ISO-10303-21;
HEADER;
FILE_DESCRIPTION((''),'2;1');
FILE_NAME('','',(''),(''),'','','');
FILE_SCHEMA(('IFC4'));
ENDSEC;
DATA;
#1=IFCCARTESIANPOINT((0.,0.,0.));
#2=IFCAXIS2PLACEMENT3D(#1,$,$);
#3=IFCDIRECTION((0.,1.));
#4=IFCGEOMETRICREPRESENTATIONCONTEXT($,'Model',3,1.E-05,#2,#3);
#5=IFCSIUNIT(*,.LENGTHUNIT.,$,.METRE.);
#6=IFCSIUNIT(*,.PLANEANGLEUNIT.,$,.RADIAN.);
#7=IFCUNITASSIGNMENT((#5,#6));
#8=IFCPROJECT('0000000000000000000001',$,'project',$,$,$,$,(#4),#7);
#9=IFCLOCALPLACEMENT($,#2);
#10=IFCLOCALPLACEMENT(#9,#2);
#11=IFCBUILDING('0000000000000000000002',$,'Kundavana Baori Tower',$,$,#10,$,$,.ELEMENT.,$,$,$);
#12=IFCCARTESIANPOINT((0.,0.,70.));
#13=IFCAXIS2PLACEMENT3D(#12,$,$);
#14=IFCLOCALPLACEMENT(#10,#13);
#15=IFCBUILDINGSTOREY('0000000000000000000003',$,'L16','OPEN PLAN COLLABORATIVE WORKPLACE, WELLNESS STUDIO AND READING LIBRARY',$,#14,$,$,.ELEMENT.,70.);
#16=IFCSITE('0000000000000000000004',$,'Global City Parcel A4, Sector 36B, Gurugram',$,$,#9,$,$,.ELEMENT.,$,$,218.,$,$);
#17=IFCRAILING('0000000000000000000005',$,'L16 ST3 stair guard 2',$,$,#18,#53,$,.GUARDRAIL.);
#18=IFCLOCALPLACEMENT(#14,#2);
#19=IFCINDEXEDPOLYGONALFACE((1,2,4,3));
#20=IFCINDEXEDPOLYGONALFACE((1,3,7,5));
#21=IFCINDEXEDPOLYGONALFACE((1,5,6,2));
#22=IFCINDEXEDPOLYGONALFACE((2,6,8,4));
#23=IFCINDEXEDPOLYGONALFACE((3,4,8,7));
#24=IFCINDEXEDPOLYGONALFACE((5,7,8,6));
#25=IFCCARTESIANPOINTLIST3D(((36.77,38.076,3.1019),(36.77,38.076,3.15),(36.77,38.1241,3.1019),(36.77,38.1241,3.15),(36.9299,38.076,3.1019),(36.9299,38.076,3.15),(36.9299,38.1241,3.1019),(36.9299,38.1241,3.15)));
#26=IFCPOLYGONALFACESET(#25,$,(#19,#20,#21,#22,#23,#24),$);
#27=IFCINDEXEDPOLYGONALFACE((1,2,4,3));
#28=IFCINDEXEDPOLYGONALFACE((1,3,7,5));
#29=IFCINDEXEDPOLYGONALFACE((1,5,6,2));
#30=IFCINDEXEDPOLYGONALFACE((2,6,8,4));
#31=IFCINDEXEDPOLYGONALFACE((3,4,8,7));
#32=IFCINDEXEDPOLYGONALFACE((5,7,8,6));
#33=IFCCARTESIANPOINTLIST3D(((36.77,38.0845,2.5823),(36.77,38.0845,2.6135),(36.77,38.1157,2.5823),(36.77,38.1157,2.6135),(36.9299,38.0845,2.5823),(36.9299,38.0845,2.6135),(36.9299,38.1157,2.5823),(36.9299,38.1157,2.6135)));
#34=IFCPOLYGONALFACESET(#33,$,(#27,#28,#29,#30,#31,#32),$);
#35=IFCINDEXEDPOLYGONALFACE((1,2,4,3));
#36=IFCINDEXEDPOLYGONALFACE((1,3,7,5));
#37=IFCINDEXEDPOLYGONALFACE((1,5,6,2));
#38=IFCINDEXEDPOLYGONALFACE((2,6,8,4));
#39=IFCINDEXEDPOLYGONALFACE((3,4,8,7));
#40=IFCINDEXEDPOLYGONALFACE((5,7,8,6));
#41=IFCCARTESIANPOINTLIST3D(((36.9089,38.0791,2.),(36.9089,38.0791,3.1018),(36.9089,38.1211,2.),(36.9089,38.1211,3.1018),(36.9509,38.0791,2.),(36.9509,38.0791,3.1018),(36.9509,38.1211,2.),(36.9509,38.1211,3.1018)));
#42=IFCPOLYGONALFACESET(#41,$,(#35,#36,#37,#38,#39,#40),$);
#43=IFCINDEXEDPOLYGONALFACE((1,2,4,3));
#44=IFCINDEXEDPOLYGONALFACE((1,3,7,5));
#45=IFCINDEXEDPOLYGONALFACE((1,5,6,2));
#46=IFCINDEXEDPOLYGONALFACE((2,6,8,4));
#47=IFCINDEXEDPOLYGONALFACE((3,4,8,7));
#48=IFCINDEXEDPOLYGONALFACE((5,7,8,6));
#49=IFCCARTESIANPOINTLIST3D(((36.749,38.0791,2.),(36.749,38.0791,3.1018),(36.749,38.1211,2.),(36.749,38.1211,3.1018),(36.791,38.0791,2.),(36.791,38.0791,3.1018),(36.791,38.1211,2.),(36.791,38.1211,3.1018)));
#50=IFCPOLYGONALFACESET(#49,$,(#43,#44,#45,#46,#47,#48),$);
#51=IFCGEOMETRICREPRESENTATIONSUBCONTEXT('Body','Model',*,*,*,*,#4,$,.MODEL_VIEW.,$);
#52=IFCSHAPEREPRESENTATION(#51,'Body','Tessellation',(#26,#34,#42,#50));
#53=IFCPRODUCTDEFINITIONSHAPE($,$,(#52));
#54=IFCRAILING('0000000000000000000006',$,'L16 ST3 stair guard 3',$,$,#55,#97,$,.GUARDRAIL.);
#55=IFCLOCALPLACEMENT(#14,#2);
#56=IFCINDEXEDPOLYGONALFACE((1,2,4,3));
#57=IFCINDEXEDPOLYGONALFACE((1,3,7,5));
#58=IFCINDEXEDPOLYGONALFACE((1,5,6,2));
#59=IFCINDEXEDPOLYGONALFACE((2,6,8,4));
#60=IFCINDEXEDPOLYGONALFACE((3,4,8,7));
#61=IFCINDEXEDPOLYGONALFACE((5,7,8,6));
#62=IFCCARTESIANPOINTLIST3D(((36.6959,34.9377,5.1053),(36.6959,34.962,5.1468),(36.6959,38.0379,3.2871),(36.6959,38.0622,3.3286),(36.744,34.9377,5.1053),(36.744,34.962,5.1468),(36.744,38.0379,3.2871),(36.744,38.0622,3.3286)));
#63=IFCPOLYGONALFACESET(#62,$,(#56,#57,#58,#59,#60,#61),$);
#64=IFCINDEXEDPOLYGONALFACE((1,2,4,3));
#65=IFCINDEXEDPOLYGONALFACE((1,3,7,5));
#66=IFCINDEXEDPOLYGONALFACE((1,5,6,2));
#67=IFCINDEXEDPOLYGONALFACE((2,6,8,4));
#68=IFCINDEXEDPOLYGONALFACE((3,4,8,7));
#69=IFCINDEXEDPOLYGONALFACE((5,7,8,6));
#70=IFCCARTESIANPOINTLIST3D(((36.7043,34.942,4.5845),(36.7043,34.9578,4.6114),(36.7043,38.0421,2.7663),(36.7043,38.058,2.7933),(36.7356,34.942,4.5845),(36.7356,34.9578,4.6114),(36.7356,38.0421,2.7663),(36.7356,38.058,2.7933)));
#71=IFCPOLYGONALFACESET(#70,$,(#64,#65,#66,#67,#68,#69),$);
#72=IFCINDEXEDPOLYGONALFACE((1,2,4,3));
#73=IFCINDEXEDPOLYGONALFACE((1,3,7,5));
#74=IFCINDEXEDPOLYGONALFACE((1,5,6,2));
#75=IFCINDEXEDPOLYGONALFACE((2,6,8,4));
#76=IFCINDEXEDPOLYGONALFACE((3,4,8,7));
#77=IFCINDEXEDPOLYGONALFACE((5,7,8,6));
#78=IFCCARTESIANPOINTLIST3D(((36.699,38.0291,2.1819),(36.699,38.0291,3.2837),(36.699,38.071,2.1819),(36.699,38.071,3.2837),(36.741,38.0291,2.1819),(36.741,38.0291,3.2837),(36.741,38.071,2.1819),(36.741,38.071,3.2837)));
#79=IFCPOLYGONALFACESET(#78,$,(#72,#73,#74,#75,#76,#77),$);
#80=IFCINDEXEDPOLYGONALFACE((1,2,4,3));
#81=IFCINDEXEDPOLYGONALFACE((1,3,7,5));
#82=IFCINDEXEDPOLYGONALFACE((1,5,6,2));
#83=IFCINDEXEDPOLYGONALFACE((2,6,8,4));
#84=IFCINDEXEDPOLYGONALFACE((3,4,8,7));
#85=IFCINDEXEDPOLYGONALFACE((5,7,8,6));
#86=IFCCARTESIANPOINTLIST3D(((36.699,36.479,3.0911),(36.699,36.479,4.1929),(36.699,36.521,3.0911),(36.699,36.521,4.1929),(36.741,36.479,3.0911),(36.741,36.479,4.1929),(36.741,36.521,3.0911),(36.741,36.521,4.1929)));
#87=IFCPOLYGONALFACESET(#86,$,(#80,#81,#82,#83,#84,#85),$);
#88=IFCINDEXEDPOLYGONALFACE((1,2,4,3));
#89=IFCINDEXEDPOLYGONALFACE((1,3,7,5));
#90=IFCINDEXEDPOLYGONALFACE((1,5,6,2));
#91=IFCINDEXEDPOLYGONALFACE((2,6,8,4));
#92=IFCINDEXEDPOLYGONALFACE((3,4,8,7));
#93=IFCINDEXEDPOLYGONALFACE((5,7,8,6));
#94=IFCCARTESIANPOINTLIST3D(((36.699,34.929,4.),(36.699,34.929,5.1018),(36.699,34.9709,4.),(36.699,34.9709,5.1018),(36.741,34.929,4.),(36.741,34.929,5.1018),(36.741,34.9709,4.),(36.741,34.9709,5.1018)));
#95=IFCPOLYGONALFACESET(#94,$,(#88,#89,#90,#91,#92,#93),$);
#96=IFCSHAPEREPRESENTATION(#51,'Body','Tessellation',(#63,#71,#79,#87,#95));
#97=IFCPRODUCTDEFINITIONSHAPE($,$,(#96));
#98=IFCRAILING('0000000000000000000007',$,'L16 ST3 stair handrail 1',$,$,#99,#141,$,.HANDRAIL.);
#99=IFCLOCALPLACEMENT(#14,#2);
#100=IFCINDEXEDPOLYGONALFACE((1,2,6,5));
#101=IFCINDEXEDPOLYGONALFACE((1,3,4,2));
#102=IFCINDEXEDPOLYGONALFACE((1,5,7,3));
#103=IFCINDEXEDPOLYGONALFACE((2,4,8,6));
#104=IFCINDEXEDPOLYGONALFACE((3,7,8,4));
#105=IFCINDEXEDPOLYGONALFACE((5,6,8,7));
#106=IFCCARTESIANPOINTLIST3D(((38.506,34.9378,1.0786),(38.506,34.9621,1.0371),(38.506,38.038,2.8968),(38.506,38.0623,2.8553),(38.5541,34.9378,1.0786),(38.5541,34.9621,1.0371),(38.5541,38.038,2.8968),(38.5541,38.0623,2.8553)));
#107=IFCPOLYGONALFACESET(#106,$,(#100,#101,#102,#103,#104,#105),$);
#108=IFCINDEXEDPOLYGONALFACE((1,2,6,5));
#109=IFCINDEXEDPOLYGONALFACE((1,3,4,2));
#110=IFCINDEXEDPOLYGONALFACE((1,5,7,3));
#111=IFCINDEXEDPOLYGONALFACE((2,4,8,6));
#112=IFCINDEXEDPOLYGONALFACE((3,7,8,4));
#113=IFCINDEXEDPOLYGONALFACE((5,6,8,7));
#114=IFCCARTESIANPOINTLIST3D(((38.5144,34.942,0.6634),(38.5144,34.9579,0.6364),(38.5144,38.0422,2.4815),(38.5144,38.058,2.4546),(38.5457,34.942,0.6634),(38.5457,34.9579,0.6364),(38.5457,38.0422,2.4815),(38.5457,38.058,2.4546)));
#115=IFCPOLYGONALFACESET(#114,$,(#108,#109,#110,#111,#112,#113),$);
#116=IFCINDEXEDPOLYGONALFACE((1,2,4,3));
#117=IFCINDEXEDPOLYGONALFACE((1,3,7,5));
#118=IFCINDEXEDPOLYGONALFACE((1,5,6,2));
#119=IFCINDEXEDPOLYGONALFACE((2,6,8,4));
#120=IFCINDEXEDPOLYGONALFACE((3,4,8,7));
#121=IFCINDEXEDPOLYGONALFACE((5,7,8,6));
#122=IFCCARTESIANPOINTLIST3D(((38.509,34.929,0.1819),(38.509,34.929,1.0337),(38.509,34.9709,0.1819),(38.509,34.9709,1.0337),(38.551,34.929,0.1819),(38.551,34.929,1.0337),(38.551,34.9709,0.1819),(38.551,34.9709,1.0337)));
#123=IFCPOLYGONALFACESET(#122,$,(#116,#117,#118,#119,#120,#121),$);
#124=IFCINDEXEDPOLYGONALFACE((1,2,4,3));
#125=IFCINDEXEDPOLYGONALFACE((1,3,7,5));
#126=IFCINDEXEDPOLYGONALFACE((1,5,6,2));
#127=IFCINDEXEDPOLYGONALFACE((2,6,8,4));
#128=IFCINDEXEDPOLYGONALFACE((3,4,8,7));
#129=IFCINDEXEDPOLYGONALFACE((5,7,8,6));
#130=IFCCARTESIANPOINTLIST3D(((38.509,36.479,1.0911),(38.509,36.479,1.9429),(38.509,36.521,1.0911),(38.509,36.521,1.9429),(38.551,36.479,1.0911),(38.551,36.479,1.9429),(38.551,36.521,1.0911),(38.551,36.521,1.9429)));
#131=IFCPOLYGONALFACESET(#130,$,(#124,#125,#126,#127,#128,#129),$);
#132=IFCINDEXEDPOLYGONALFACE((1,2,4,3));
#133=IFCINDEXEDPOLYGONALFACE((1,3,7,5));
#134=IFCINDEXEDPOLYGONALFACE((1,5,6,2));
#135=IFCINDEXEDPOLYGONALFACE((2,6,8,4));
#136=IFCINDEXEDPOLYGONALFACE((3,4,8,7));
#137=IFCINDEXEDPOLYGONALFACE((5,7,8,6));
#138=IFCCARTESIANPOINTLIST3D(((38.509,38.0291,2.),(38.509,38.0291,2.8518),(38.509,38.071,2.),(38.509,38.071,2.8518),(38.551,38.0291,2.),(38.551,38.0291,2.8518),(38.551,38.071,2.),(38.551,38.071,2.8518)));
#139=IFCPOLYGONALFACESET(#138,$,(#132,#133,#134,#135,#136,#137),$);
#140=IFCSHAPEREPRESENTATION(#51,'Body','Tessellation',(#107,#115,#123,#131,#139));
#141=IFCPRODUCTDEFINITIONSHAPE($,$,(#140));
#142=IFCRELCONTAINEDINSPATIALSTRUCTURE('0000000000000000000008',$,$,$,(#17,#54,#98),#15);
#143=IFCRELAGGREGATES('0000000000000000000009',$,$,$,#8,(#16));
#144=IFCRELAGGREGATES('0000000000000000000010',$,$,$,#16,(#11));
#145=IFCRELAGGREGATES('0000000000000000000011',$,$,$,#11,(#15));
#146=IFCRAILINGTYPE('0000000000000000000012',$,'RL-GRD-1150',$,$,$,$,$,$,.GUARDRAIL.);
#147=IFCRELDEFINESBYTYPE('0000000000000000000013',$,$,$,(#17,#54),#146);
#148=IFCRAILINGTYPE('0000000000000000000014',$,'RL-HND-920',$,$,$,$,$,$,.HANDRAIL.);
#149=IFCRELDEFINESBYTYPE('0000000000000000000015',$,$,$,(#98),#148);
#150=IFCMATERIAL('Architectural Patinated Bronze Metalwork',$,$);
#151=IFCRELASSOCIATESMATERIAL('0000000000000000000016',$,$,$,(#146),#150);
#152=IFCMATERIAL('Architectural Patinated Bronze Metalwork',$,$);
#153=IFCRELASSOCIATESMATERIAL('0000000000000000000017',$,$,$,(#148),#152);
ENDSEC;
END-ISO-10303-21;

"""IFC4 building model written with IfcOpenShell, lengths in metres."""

from ifc_helpers import new_model, si_unit, direction, frame, origin, origin_2d, place, context, subcontext, project, spatial, rectangle, extrude, material, type_object, element, save


model = new_model("IFC4")

# Units and contexts
model_context = context("Model", 3, precision=1e-05, world=origin(), true_north=direction((0.0, 1.0)))
body_context = subcontext(model_context, "Body", "Model", "MODEL_VIEW")
ifc_project = project(units=[si_unit("LENGTHUNIT", "METRE"), si_unit("PLANEANGLEUNIT", "RADIAN")], contexts=[model_context])

# Site, building, storey
site_placement = place(None, origin())
site = spatial("IfcSite", under=ifc_project, at=site_placement, Name="Global City Parcel A4, Sector 36B, Gurugram", CompositionType="ELEMENT", RefElevation=218.0)
building_placement = place(site_placement, origin())
building = spatial("IfcBuilding", under=site, at=building_placement, Name="Kundavana Baori Tower", CompositionType="ELEMENT")
storey_placement = place(building_placement, frame((0.0, 0.0, 70.0)))
storey = spatial("IfcBuildingStorey", under=building, at=storey_placement, Name="L16", Description="OPEN PLAN COLLABORATIVE WORKPLACE, WELLNESS STUDIO AND READING LIBRARY", CompositionType="ELEMENT", Elevation=70.0)

# Railings
ifc_material_1 = material(Name="Architectural Patinated Bronze Metalwork")
railing_type_1 = type_object("IfcRailingType", Name="RL-GRD-1150", PredefinedType="GUARDRAIL", material=ifc_material_1)
railing_1_placement = place(storey_placement, frame((36.9299, 38.1001, 2.0)))
element("IfcRailing", 1, at=railing_1_placement, inside=storey, type_object=railing_type_1, Name="L16 ST3 stair guard 2", PredefinedType="GUARDRAIL", context=body_context, shape_type="SweptSolid", body=[
    extrude(rectangle(XDim=0.0481, YDim=0.0481, at=origin_2d()), frame((0.0, 0.0, 1.126), z_axis=(-1.0, 0.0, 0.0), x_axis=(0.0, -1.0, 0.0)), (0.0, 0.0, 1.0), 0.1599),
    extrude(rectangle(XDim=0.0312, YDim=0.0312, at=origin_2d()), frame((0.0, 0.0, 0.5979), z_axis=(-1.0, 0.0, 0.0), x_axis=(0.0, -1.0, 0.0)), (0.0, 0.0, 1.0), 0.1599),
    extrude(rectangle(XDim=0.042, YDim=0.042, at=origin_2d()), origin(), (0.0, 0.0, 1.0), 1.1018),
    extrude(rectangle(XDim=0.042, YDim=0.042, at=origin_2d()), frame((-0.1599, 0.0, 0.0)), (0.0, 0.0, 1.0), 1.1018),
])
railing_2_placement = place(storey_placement, frame((36.72, 38.05, 2.1819)))
element("IfcRailing", 2, at=railing_2_placement, inside=storey, type_object=railing_type_1, Name="L16 ST3 stair guard 3", PredefinedType="GUARDRAIL", context=body_context, shape_type="SweptSolid", body=[
    extrude(rectangle(XDim=0.0481, YDim=0.0481, at=origin_2d()), frame((0.0, 0.0, 1.126), z_axis=(0.0, -0.862599, 0.505889), x_axis=(1.0, 0.0, 0.0)), (0.0, 0.0, 1.0), 3.594),
    extrude(rectangle(XDim=0.0312, YDim=0.0312, at=origin_2d()), frame((0.0, 0.0, 0.5979), z_axis=(0.0, -0.862599, 0.505889), x_axis=(1.0, 0.0, 0.0)), (0.0, 0.0, 1.0), 3.594),
    extrude(rectangle(XDim=0.042, YDim=0.042, at=origin_2d()), origin(), (0.0, 0.0, 1.0), 1.1018),
    extrude(rectangle(XDim=0.042, YDim=0.042, at=origin_2d()), frame((0.0, -1.55, 0.9092)), (0.0, 0.0, 1.0), 1.1018),
    extrude(rectangle(XDim=0.042, YDim=0.042, at=origin_2d()), frame((0.0, -3.1001, 1.8181)), (0.0, 0.0, 1.0), 1.1018),
])
ifc_material_2 = material(Name="Architectural Patinated Bronze Metalwork")
railing_type_2 = type_object("IfcRailingType", Name="RL-HND-920", PredefinedType="HANDRAIL", material=ifc_material_2)
railing_3_placement = place(storey_placement, frame((38.53, 34.95, 0.1819)))
element("IfcRailing", 3, at=railing_3_placement, inside=storey, type_object=railing_type_2, Name="L16 ST3 stair handrail 1", PredefinedType="HANDRAIL", context=body_context, shape_type="SweptSolid", body=[
    extrude(rectangle(XDim=0.0481, YDim=0.0481, at=origin_2d()), frame((0.0, 0.0, 0.876), z_axis=(0.0, 0.862599, 0.505889), x_axis=(-1.0, 0.0, 0.0)), (0.0, 0.0, 1.0), 3.594),
    extrude(rectangle(XDim=0.0312, YDim=0.0312, at=origin_2d()), frame((0.0, 0.0, 0.468), z_axis=(0.0, 0.862599, 0.505889), x_axis=(-1.0, 0.0, 0.0)), (0.0, 0.0, 1.0), 3.594),
    extrude(rectangle(XDim=0.042, YDim=0.042, at=origin_2d()), origin(), (0.0, 0.0, 1.0), 0.8518),
    extrude(rectangle(XDim=0.042, YDim=0.042, at=origin_2d()), frame((0.0, 1.55, 0.9092)), (0.0, 0.0, 1.0), 0.8518),
    extrude(rectangle(XDim=0.042, YDim=0.042, at=origin_2d()), frame((0.0, 3.1001, 1.8181)), (0.0, 0.0, 1.0), 0.8518),
])

save(model, "model.ifc")
